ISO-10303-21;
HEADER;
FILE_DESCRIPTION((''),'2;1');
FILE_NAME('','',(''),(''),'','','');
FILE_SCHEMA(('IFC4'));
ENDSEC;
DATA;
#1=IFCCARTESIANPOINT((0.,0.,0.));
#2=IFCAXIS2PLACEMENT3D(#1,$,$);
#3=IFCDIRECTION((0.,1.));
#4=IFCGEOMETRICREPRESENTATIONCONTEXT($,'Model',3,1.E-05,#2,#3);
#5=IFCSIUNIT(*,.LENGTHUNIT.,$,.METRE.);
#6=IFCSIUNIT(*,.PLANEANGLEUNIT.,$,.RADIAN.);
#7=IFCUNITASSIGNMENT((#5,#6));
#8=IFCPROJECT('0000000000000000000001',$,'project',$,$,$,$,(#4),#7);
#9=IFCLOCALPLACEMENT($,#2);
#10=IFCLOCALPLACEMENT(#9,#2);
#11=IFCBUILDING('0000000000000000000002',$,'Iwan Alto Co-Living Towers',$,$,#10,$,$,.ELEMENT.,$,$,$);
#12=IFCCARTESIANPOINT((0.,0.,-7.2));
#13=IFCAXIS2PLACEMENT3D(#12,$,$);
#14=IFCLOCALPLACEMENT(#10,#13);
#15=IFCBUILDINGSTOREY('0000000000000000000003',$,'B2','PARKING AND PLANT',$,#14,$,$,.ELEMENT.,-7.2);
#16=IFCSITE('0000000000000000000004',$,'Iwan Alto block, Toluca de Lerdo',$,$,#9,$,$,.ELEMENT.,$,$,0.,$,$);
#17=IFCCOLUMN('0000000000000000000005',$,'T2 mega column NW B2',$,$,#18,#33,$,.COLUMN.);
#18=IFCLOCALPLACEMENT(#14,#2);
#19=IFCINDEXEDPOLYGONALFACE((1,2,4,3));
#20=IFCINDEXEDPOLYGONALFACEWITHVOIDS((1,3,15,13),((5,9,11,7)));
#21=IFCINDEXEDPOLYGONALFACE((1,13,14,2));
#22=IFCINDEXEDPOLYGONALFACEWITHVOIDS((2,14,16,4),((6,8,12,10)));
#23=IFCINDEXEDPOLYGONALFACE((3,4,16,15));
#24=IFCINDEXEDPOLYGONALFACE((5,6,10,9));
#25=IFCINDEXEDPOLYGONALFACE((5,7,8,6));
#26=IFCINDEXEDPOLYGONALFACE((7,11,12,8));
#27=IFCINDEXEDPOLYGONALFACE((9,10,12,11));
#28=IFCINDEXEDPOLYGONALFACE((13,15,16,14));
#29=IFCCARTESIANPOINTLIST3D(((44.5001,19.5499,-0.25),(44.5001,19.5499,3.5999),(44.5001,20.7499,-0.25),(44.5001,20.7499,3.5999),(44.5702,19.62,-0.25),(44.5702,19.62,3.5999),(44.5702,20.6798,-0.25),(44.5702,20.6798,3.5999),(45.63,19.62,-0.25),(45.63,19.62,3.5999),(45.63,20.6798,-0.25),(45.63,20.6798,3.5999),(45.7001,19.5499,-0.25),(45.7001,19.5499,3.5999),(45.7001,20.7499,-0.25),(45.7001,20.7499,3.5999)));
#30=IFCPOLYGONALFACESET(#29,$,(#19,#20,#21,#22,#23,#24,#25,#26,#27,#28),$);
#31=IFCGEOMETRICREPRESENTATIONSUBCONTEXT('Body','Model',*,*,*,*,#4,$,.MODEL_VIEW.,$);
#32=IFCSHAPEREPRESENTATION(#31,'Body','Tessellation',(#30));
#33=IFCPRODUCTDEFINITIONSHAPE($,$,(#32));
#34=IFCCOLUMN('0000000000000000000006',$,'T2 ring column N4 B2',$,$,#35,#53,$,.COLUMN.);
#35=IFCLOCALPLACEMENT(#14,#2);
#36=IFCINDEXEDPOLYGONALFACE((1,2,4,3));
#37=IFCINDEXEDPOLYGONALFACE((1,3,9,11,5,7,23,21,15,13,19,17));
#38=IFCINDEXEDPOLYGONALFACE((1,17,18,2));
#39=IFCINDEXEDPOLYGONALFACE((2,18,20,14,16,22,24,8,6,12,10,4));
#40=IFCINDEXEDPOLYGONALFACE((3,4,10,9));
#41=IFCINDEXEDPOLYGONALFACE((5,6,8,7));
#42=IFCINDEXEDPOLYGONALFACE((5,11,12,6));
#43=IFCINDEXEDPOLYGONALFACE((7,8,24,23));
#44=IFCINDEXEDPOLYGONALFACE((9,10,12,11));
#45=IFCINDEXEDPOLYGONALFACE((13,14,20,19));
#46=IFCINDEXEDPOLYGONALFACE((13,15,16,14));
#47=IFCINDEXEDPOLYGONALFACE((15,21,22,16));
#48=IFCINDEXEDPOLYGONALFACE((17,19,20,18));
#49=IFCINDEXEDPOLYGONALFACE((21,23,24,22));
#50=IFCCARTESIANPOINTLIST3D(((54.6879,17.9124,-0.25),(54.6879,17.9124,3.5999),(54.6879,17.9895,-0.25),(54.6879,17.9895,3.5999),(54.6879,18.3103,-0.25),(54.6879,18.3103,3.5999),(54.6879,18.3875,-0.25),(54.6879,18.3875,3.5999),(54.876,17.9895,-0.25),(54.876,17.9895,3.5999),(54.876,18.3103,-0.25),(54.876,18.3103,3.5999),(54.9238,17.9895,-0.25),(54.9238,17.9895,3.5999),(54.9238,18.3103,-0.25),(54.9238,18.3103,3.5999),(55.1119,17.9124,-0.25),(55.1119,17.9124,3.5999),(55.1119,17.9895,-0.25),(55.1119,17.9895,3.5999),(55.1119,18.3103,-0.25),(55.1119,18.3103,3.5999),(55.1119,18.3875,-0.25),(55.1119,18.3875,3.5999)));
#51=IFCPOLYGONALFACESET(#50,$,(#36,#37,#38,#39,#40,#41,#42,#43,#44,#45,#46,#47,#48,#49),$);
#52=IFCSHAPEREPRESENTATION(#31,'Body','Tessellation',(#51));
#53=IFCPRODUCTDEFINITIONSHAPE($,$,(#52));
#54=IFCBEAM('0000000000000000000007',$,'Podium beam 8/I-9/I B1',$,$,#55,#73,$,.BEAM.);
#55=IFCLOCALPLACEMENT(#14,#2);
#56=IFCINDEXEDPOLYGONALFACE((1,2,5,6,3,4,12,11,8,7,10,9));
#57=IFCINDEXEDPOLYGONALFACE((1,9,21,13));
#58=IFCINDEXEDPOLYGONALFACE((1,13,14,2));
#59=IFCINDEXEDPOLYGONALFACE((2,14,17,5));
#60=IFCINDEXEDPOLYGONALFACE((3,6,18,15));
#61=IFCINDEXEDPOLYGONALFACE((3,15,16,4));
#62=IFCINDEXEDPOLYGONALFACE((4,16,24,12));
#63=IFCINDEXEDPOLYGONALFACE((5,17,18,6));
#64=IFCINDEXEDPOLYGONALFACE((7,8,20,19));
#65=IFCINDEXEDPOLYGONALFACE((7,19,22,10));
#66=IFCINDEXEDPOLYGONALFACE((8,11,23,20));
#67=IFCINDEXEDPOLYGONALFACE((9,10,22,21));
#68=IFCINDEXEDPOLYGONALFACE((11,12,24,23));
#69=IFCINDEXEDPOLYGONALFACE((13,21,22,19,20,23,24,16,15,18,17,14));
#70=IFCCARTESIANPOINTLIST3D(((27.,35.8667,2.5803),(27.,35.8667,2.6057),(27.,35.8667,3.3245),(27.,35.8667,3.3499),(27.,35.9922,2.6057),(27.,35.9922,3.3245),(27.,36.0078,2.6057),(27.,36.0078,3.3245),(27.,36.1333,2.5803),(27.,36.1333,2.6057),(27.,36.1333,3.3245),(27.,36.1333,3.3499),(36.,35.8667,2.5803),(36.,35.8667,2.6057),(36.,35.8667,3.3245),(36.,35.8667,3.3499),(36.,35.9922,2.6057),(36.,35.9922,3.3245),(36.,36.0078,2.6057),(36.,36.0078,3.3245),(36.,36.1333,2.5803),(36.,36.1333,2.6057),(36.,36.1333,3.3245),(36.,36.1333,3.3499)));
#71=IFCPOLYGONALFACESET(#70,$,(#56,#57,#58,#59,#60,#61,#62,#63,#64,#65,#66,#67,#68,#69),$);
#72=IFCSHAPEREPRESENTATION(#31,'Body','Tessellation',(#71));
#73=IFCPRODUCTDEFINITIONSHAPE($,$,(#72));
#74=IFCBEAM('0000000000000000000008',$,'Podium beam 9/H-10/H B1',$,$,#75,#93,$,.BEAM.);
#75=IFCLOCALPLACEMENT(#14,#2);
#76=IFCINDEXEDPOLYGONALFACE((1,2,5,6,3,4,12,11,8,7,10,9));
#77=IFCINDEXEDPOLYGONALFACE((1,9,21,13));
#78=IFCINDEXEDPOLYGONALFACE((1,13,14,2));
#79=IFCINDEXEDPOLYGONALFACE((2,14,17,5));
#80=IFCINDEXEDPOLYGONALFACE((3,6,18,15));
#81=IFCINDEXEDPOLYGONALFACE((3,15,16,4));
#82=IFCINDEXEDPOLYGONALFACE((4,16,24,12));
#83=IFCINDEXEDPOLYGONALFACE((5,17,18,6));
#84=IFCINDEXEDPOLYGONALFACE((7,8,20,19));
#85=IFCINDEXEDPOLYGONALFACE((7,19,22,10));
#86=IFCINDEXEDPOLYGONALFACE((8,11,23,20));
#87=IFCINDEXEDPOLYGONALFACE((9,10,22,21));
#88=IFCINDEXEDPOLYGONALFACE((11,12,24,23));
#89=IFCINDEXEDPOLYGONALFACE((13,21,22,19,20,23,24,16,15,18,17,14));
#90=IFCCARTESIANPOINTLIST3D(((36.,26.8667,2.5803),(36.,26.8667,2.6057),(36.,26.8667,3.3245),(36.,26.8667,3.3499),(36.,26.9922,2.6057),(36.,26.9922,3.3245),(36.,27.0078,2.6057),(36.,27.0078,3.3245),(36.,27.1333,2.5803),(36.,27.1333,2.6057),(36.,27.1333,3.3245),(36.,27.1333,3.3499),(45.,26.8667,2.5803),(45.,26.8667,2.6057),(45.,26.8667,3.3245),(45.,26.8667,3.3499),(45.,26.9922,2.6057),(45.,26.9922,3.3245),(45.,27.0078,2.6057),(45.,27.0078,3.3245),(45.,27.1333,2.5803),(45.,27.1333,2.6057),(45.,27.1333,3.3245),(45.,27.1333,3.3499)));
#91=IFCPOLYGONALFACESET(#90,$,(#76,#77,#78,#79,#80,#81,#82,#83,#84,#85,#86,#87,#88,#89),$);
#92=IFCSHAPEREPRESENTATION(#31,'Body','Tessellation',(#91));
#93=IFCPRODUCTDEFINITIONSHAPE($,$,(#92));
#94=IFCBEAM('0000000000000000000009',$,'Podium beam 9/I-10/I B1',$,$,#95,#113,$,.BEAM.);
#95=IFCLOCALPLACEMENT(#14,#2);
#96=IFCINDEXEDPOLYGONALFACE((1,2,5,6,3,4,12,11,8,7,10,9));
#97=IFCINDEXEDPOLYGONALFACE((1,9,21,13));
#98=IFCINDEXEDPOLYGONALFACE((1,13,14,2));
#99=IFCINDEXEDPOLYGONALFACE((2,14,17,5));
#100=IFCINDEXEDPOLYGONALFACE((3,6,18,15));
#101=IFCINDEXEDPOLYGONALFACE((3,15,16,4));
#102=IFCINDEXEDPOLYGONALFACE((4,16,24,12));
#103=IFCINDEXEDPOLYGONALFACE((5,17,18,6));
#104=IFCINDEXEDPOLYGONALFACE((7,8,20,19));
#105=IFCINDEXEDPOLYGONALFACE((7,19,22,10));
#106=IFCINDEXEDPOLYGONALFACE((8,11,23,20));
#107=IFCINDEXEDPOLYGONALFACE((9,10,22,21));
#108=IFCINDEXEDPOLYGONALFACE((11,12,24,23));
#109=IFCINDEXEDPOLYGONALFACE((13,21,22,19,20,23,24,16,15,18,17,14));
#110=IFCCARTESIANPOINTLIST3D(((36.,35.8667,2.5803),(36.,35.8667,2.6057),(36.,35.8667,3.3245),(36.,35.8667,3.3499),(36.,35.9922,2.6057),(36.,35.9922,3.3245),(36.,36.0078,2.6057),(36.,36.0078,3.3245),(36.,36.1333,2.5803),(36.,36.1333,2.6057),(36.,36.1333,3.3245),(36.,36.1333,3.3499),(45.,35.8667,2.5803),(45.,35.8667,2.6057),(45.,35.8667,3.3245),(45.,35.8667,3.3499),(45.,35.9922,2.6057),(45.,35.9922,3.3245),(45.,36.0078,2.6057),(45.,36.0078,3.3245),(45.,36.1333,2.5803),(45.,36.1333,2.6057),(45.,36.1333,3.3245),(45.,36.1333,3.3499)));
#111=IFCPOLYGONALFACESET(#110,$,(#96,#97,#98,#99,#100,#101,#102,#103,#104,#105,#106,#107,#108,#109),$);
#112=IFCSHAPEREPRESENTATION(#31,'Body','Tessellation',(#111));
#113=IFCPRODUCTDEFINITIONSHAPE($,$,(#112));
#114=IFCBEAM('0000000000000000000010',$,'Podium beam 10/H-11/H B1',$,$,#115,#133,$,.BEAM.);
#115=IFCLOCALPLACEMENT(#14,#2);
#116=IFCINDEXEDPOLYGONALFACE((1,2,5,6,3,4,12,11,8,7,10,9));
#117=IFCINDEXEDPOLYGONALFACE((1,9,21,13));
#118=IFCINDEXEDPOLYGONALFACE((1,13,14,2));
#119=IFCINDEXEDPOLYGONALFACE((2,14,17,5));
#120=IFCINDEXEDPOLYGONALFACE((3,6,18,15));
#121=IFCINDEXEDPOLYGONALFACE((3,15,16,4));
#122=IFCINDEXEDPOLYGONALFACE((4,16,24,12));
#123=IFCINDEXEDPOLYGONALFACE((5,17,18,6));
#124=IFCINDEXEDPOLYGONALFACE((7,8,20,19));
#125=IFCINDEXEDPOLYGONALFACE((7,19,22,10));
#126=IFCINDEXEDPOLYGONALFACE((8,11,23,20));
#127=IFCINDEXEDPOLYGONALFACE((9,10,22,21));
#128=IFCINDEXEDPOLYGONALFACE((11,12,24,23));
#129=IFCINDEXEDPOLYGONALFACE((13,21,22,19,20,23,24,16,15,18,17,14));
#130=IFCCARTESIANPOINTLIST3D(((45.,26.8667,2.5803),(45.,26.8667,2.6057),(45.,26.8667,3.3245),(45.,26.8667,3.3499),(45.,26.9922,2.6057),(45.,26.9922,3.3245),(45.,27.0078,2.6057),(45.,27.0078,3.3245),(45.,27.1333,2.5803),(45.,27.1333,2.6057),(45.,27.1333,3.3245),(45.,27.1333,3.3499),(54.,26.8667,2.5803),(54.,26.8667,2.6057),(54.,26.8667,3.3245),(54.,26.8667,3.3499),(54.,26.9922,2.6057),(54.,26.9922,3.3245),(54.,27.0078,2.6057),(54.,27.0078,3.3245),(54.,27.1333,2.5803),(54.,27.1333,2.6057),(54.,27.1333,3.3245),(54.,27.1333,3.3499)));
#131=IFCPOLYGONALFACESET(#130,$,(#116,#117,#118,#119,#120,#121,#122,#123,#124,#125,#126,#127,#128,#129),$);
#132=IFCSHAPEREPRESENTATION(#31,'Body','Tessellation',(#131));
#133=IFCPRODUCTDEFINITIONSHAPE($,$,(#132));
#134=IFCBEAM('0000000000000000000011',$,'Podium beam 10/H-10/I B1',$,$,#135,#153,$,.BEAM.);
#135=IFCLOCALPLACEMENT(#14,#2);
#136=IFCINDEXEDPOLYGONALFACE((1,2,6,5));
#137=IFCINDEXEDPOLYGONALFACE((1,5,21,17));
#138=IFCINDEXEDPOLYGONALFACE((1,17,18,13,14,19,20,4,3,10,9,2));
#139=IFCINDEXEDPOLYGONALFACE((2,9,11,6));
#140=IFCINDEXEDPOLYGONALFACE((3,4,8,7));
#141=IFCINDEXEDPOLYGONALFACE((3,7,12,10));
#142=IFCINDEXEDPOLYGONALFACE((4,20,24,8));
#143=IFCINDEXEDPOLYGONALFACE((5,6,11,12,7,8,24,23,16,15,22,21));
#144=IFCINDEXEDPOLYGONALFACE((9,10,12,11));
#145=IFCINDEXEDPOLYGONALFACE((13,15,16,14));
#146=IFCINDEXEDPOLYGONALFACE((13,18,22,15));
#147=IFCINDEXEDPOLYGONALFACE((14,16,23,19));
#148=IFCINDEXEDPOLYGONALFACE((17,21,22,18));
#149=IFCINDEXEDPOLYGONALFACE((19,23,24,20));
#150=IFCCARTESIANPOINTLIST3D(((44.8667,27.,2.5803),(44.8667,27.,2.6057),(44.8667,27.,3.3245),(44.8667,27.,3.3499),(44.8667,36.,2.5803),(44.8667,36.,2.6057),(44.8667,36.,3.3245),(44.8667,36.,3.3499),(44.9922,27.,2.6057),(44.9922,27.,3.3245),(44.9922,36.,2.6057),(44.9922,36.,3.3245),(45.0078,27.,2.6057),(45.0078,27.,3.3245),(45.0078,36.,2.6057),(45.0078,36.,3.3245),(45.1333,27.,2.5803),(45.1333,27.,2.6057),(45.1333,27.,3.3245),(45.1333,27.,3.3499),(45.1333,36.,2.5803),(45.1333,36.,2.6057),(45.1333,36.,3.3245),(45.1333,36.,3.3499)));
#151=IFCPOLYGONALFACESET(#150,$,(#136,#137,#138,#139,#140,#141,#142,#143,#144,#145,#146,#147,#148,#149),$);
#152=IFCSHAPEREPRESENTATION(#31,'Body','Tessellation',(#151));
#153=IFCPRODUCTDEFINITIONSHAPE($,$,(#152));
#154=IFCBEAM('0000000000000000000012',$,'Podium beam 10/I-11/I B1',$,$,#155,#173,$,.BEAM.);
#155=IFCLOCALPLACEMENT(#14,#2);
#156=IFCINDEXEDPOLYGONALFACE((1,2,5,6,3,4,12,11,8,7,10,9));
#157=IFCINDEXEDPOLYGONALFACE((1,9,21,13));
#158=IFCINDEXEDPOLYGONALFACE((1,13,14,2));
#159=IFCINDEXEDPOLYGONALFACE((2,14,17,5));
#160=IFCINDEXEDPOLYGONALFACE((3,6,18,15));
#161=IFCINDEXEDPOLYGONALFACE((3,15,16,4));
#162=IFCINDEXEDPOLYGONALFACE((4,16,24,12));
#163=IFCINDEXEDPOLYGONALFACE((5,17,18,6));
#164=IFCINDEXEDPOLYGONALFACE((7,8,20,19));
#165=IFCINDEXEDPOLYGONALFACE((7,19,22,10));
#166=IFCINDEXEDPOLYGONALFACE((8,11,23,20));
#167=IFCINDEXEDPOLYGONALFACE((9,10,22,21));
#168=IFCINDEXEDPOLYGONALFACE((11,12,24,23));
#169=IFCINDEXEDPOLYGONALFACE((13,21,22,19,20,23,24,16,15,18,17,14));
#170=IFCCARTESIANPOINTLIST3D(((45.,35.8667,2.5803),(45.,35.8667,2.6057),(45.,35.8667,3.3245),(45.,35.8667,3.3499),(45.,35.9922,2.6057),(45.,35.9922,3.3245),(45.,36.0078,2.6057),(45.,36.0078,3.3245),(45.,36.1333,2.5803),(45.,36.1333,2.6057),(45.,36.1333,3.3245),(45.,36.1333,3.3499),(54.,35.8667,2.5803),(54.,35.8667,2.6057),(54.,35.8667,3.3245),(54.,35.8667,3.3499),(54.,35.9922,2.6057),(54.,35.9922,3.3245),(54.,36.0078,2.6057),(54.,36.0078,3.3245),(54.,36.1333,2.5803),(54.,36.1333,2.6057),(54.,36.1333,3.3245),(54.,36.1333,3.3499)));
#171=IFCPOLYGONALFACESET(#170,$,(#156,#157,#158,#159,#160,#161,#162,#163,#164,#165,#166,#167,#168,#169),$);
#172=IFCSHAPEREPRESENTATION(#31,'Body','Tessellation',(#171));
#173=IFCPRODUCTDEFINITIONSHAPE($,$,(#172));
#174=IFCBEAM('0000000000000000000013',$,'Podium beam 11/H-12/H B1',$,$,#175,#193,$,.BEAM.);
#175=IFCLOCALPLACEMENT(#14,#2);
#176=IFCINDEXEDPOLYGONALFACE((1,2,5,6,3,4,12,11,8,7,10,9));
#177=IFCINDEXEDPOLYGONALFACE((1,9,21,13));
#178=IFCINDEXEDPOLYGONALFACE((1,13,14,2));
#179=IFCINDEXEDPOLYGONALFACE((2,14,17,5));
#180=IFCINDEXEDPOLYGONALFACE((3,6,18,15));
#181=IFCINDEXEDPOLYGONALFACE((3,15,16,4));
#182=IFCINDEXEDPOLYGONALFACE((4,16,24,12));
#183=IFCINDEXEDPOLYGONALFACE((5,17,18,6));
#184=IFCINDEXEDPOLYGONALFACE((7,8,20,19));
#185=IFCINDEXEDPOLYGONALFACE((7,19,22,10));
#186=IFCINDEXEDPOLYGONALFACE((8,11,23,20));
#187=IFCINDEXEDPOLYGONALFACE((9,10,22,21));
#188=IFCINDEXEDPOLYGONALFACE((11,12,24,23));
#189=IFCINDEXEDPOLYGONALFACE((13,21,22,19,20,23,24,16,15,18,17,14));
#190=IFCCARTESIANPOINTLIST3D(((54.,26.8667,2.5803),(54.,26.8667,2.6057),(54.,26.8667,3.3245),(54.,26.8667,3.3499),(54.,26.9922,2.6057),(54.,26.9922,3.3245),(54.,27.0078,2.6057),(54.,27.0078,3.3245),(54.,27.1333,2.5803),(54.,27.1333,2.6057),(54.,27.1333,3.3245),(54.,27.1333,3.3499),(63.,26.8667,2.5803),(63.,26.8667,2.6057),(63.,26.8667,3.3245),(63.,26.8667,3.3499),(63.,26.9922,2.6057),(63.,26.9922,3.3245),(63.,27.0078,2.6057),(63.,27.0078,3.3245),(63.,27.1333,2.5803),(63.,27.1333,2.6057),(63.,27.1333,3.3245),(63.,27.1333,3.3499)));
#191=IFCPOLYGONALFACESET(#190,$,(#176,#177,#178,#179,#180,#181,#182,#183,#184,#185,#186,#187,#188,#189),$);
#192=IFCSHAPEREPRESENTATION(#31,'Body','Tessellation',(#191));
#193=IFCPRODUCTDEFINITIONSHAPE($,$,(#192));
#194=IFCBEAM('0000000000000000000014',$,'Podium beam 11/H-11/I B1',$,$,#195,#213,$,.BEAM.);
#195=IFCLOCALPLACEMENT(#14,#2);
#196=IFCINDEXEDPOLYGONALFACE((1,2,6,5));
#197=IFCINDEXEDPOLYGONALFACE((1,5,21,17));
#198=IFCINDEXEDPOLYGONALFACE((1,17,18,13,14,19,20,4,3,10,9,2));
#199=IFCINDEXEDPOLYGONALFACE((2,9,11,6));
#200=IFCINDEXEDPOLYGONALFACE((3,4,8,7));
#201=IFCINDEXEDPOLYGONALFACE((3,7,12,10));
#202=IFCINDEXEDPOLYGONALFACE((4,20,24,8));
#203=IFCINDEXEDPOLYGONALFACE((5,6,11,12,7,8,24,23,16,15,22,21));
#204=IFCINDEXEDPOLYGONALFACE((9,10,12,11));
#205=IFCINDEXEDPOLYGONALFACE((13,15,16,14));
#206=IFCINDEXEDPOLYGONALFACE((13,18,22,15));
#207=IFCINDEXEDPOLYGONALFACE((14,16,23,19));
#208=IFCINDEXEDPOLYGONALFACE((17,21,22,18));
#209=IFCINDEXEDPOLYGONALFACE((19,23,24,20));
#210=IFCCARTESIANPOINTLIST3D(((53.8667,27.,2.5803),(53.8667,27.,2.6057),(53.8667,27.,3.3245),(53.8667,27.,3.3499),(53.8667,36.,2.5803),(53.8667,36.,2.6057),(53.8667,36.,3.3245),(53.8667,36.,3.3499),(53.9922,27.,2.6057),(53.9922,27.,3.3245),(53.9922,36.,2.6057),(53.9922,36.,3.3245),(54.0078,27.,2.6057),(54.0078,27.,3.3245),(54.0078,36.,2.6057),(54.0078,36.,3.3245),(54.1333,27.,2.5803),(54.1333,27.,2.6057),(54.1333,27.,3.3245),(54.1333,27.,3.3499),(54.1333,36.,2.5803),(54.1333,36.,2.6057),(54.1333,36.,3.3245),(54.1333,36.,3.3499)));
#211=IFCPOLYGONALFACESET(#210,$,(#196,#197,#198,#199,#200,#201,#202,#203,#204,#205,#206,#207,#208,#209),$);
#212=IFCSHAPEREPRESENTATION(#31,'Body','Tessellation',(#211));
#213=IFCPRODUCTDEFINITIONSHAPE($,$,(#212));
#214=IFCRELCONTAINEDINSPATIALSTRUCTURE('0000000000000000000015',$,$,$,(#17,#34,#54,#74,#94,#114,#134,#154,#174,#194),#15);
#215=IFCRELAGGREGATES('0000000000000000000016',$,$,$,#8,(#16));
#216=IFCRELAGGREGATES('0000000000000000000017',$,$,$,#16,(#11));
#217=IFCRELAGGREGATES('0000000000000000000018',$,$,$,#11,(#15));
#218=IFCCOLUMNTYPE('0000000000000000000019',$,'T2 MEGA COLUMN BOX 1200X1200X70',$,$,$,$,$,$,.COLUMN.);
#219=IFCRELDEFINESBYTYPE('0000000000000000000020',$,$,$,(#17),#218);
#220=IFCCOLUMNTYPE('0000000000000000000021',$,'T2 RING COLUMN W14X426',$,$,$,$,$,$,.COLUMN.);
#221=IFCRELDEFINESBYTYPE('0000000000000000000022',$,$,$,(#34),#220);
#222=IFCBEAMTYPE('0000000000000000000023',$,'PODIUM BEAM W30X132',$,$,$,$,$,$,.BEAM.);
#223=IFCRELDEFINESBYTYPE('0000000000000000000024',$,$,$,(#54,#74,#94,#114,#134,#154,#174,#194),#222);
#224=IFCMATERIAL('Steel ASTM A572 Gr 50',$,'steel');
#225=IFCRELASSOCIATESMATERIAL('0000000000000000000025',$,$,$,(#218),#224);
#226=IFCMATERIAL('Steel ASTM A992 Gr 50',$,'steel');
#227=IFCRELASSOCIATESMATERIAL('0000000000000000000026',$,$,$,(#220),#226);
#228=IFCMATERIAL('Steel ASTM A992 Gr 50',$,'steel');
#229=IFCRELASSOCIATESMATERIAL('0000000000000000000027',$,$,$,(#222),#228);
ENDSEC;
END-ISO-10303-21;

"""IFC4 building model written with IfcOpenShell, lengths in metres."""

from ifc_helpers import new_model, si_unit, direction, frame, origin, origin_2d, place, context, subcontext, project, spatial, hollow_rectangle, i_section, extrude, material, material_profile, profile_set, type_object, element, save


model = new_model("IFC4")

# Units and contexts
model_context = context("Model", 3, precision=1e-05, world=origin(), true_north=direction((0.0, 1.0)))
body_context = subcontext(model_context, "Body", "Model", "MODEL_VIEW")
ifc_project = project(units=[si_unit("LENGTHUNIT", "METRE"), si_unit("PLANEANGLEUNIT", "RADIAN")], contexts=[model_context])

# Site, building, storey
site_placement = place(None, origin())
site = spatial("IfcSite", under=ifc_project, at=site_placement, Name="Iwan Alto block, Toluca de Lerdo", CompositionType="ELEMENT", RefElevation=0.0)
building_placement = place(site_placement, origin())
building = spatial("IfcBuilding", under=site, at=building_placement, Name="Iwan Alto Co-Living Towers", CompositionType="ELEMENT")
storey_placement = place(building_placement, frame((0.0, 0.0, -7.2)))
storey = spatial("IfcBuildingStorey", under=building, at=storey_placement, Name="B2", Description="PARKING AND PLANT", CompositionType="ELEMENT", Elevation=-7.2)

# Columns
ifc_material_1 = material(Name="Steel ASTM A572 Gr 50", Category="steel")
ifc_material_profile_1 = material_profile(ifc_material_1, hollow_rectangle(XDim=1.2, YDim=1.2, WallThickness=0.0701, at=origin_2d()), Name="BOX 1200X1200X70")
ifc_profile_set_1 = profile_set([ifc_material_profile_1], Name="Steel ASTM A572 Gr 50")
column_type_1 = type_object("IfcColumnType", Name="T2 MEGA COLUMN BOX 1200X1200X70", PredefinedType="COLUMN", material=ifc_profile_set_1)
column_1_placement = place(storey_placement, frame((45.1001, 20.1499, -0.25), z_axis=(0.0, 0.0, 1.0), x_axis=(1.0, 0.0, 0.0)))
element("IfcColumn", 1, at=column_1_placement, inside=storey, type_object=column_type_1, Name="T2 mega column NW B2", PredefinedType="COLUMN", context=body_context, shape_type="SweptSolid", body=[
    extrude(hollow_rectangle(XDim=1.2, YDim=1.2, WallThickness=0.0701, at=origin_2d()), origin(), (0.0, 0.0, 1.0), 3.8499),
])
ifc_material_2 = material(Name="Steel ASTM A992 Gr 50", Category="steel")
ifc_material_profile_2 = material_profile(ifc_material_2, i_section(OverallWidth=0.4241, OverallDepth=0.4751, WebThickness=0.0479, FlangeThickness=0.0771, at=origin_2d()), Name="W14X426")
ifc_profile_set_2 = profile_set([ifc_material_profile_2], Name="Steel ASTM A992 Gr 50")
column_type_2 = type_object("IfcColumnType", Name="T2 RING COLUMN W14X426", PredefinedType="COLUMN", material=ifc_profile_set_2)
column_2_placement = place(storey_placement, frame((54.8999, 18.1499, -0.25), z_axis=(0.0, 0.0, 1.0), x_axis=(1.0, 0.0, 0.0)))
element("IfcColumn", 2, at=column_2_placement, inside=storey, type_object=column_type_2, Name="T2 ring column N4 B2", PredefinedType="COLUMN", context=body_context, shape_type="SweptSolid", body=[
    extrude(i_section(OverallWidth=0.4241, OverallDepth=0.4751, WebThickness=0.0479, FlangeThickness=0.0771, at=origin_2d()), origin(), (0.0, 0.0, 1.0), 3.8499),
])

# Beams
ifc_material_3 = material(Name="Steel ASTM A992 Gr 50", Category="steel")
ifc_material_profile_3 = material_profile(ifc_material_3, i_section(OverallWidth=0.2666, OverallDepth=0.7695, WebThickness=0.0156, FlangeThickness=0.0254, at=origin_2d()), Name="W30X132")
ifc_profile_set_3 = profile_set([ifc_material_profile_3], Name="Steel ASTM A992 Gr 50")
beam_type_1 = type_object("IfcBeamType", Name="PODIUM BEAM W30X132", PredefinedType="BEAM", material=ifc_profile_set_3)
for number, where, z_axis, x_axis, name in (
    (3, (27.0, 36.0, 2.9651), (1.0, 0.0, 0.0), (0.0, 1.0, 0.0), "Podium beam 8/I-9/I B1"),
    (4, (36.0, 27.0, 2.9651), (1.0, 0.0, 0.0), (0.0, 1.0, 0.0), "Podium beam 9/H-10/H B1"),
    (5, (36.0, 36.0, 2.9651), (1.0, 0.0, 0.0), (0.0, 1.0, 0.0), "Podium beam 9/I-10/I B1"),
    (6, (45.0, 27.0, 2.9651), (1.0, 0.0, 0.0), (0.0, 1.0, 0.0), "Podium beam 10/H-11/H B1"),
    (7, (45.0, 27.0, 2.9651), (0.0, 1.0, 0.0), (-1.0, 0.0, 0.0), "Podium beam 10/H-10/I B1"),
    (8, (45.0, 36.0, 2.9651), (1.0, 0.0, 0.0), (0.0, 1.0, 0.0), "Podium beam 10/I-11/I B1"),
    (9, (54.0, 27.0, 2.9651), (1.0, 0.0, 0.0), (0.0, 1.0, 0.0), "Podium beam 11/H-12/H B1"),
    (10, (54.0, 27.0, 2.9651), (0.0, 1.0, 0.0), (-1.0, 0.0, 0.0), "Podium beam 11/H-11/I B1"),
):
    element("IfcBeam", number, at=place(storey_placement, frame(where, z_axis=z_axis, x_axis=x_axis)), inside=storey, type_object=beam_type_1, Name=name, PredefinedType="BEAM", context=body_context, shape_type="SweptSolid", body=[
        extrude(i_section(OverallWidth=0.2666, OverallDepth=0.7695, WebThickness=0.0156, FlangeThickness=0.0254, at=origin_2d()), origin(), (0.0, 0.0, 1.0), 9.0),
    ])

save(model, "model.ifc")
